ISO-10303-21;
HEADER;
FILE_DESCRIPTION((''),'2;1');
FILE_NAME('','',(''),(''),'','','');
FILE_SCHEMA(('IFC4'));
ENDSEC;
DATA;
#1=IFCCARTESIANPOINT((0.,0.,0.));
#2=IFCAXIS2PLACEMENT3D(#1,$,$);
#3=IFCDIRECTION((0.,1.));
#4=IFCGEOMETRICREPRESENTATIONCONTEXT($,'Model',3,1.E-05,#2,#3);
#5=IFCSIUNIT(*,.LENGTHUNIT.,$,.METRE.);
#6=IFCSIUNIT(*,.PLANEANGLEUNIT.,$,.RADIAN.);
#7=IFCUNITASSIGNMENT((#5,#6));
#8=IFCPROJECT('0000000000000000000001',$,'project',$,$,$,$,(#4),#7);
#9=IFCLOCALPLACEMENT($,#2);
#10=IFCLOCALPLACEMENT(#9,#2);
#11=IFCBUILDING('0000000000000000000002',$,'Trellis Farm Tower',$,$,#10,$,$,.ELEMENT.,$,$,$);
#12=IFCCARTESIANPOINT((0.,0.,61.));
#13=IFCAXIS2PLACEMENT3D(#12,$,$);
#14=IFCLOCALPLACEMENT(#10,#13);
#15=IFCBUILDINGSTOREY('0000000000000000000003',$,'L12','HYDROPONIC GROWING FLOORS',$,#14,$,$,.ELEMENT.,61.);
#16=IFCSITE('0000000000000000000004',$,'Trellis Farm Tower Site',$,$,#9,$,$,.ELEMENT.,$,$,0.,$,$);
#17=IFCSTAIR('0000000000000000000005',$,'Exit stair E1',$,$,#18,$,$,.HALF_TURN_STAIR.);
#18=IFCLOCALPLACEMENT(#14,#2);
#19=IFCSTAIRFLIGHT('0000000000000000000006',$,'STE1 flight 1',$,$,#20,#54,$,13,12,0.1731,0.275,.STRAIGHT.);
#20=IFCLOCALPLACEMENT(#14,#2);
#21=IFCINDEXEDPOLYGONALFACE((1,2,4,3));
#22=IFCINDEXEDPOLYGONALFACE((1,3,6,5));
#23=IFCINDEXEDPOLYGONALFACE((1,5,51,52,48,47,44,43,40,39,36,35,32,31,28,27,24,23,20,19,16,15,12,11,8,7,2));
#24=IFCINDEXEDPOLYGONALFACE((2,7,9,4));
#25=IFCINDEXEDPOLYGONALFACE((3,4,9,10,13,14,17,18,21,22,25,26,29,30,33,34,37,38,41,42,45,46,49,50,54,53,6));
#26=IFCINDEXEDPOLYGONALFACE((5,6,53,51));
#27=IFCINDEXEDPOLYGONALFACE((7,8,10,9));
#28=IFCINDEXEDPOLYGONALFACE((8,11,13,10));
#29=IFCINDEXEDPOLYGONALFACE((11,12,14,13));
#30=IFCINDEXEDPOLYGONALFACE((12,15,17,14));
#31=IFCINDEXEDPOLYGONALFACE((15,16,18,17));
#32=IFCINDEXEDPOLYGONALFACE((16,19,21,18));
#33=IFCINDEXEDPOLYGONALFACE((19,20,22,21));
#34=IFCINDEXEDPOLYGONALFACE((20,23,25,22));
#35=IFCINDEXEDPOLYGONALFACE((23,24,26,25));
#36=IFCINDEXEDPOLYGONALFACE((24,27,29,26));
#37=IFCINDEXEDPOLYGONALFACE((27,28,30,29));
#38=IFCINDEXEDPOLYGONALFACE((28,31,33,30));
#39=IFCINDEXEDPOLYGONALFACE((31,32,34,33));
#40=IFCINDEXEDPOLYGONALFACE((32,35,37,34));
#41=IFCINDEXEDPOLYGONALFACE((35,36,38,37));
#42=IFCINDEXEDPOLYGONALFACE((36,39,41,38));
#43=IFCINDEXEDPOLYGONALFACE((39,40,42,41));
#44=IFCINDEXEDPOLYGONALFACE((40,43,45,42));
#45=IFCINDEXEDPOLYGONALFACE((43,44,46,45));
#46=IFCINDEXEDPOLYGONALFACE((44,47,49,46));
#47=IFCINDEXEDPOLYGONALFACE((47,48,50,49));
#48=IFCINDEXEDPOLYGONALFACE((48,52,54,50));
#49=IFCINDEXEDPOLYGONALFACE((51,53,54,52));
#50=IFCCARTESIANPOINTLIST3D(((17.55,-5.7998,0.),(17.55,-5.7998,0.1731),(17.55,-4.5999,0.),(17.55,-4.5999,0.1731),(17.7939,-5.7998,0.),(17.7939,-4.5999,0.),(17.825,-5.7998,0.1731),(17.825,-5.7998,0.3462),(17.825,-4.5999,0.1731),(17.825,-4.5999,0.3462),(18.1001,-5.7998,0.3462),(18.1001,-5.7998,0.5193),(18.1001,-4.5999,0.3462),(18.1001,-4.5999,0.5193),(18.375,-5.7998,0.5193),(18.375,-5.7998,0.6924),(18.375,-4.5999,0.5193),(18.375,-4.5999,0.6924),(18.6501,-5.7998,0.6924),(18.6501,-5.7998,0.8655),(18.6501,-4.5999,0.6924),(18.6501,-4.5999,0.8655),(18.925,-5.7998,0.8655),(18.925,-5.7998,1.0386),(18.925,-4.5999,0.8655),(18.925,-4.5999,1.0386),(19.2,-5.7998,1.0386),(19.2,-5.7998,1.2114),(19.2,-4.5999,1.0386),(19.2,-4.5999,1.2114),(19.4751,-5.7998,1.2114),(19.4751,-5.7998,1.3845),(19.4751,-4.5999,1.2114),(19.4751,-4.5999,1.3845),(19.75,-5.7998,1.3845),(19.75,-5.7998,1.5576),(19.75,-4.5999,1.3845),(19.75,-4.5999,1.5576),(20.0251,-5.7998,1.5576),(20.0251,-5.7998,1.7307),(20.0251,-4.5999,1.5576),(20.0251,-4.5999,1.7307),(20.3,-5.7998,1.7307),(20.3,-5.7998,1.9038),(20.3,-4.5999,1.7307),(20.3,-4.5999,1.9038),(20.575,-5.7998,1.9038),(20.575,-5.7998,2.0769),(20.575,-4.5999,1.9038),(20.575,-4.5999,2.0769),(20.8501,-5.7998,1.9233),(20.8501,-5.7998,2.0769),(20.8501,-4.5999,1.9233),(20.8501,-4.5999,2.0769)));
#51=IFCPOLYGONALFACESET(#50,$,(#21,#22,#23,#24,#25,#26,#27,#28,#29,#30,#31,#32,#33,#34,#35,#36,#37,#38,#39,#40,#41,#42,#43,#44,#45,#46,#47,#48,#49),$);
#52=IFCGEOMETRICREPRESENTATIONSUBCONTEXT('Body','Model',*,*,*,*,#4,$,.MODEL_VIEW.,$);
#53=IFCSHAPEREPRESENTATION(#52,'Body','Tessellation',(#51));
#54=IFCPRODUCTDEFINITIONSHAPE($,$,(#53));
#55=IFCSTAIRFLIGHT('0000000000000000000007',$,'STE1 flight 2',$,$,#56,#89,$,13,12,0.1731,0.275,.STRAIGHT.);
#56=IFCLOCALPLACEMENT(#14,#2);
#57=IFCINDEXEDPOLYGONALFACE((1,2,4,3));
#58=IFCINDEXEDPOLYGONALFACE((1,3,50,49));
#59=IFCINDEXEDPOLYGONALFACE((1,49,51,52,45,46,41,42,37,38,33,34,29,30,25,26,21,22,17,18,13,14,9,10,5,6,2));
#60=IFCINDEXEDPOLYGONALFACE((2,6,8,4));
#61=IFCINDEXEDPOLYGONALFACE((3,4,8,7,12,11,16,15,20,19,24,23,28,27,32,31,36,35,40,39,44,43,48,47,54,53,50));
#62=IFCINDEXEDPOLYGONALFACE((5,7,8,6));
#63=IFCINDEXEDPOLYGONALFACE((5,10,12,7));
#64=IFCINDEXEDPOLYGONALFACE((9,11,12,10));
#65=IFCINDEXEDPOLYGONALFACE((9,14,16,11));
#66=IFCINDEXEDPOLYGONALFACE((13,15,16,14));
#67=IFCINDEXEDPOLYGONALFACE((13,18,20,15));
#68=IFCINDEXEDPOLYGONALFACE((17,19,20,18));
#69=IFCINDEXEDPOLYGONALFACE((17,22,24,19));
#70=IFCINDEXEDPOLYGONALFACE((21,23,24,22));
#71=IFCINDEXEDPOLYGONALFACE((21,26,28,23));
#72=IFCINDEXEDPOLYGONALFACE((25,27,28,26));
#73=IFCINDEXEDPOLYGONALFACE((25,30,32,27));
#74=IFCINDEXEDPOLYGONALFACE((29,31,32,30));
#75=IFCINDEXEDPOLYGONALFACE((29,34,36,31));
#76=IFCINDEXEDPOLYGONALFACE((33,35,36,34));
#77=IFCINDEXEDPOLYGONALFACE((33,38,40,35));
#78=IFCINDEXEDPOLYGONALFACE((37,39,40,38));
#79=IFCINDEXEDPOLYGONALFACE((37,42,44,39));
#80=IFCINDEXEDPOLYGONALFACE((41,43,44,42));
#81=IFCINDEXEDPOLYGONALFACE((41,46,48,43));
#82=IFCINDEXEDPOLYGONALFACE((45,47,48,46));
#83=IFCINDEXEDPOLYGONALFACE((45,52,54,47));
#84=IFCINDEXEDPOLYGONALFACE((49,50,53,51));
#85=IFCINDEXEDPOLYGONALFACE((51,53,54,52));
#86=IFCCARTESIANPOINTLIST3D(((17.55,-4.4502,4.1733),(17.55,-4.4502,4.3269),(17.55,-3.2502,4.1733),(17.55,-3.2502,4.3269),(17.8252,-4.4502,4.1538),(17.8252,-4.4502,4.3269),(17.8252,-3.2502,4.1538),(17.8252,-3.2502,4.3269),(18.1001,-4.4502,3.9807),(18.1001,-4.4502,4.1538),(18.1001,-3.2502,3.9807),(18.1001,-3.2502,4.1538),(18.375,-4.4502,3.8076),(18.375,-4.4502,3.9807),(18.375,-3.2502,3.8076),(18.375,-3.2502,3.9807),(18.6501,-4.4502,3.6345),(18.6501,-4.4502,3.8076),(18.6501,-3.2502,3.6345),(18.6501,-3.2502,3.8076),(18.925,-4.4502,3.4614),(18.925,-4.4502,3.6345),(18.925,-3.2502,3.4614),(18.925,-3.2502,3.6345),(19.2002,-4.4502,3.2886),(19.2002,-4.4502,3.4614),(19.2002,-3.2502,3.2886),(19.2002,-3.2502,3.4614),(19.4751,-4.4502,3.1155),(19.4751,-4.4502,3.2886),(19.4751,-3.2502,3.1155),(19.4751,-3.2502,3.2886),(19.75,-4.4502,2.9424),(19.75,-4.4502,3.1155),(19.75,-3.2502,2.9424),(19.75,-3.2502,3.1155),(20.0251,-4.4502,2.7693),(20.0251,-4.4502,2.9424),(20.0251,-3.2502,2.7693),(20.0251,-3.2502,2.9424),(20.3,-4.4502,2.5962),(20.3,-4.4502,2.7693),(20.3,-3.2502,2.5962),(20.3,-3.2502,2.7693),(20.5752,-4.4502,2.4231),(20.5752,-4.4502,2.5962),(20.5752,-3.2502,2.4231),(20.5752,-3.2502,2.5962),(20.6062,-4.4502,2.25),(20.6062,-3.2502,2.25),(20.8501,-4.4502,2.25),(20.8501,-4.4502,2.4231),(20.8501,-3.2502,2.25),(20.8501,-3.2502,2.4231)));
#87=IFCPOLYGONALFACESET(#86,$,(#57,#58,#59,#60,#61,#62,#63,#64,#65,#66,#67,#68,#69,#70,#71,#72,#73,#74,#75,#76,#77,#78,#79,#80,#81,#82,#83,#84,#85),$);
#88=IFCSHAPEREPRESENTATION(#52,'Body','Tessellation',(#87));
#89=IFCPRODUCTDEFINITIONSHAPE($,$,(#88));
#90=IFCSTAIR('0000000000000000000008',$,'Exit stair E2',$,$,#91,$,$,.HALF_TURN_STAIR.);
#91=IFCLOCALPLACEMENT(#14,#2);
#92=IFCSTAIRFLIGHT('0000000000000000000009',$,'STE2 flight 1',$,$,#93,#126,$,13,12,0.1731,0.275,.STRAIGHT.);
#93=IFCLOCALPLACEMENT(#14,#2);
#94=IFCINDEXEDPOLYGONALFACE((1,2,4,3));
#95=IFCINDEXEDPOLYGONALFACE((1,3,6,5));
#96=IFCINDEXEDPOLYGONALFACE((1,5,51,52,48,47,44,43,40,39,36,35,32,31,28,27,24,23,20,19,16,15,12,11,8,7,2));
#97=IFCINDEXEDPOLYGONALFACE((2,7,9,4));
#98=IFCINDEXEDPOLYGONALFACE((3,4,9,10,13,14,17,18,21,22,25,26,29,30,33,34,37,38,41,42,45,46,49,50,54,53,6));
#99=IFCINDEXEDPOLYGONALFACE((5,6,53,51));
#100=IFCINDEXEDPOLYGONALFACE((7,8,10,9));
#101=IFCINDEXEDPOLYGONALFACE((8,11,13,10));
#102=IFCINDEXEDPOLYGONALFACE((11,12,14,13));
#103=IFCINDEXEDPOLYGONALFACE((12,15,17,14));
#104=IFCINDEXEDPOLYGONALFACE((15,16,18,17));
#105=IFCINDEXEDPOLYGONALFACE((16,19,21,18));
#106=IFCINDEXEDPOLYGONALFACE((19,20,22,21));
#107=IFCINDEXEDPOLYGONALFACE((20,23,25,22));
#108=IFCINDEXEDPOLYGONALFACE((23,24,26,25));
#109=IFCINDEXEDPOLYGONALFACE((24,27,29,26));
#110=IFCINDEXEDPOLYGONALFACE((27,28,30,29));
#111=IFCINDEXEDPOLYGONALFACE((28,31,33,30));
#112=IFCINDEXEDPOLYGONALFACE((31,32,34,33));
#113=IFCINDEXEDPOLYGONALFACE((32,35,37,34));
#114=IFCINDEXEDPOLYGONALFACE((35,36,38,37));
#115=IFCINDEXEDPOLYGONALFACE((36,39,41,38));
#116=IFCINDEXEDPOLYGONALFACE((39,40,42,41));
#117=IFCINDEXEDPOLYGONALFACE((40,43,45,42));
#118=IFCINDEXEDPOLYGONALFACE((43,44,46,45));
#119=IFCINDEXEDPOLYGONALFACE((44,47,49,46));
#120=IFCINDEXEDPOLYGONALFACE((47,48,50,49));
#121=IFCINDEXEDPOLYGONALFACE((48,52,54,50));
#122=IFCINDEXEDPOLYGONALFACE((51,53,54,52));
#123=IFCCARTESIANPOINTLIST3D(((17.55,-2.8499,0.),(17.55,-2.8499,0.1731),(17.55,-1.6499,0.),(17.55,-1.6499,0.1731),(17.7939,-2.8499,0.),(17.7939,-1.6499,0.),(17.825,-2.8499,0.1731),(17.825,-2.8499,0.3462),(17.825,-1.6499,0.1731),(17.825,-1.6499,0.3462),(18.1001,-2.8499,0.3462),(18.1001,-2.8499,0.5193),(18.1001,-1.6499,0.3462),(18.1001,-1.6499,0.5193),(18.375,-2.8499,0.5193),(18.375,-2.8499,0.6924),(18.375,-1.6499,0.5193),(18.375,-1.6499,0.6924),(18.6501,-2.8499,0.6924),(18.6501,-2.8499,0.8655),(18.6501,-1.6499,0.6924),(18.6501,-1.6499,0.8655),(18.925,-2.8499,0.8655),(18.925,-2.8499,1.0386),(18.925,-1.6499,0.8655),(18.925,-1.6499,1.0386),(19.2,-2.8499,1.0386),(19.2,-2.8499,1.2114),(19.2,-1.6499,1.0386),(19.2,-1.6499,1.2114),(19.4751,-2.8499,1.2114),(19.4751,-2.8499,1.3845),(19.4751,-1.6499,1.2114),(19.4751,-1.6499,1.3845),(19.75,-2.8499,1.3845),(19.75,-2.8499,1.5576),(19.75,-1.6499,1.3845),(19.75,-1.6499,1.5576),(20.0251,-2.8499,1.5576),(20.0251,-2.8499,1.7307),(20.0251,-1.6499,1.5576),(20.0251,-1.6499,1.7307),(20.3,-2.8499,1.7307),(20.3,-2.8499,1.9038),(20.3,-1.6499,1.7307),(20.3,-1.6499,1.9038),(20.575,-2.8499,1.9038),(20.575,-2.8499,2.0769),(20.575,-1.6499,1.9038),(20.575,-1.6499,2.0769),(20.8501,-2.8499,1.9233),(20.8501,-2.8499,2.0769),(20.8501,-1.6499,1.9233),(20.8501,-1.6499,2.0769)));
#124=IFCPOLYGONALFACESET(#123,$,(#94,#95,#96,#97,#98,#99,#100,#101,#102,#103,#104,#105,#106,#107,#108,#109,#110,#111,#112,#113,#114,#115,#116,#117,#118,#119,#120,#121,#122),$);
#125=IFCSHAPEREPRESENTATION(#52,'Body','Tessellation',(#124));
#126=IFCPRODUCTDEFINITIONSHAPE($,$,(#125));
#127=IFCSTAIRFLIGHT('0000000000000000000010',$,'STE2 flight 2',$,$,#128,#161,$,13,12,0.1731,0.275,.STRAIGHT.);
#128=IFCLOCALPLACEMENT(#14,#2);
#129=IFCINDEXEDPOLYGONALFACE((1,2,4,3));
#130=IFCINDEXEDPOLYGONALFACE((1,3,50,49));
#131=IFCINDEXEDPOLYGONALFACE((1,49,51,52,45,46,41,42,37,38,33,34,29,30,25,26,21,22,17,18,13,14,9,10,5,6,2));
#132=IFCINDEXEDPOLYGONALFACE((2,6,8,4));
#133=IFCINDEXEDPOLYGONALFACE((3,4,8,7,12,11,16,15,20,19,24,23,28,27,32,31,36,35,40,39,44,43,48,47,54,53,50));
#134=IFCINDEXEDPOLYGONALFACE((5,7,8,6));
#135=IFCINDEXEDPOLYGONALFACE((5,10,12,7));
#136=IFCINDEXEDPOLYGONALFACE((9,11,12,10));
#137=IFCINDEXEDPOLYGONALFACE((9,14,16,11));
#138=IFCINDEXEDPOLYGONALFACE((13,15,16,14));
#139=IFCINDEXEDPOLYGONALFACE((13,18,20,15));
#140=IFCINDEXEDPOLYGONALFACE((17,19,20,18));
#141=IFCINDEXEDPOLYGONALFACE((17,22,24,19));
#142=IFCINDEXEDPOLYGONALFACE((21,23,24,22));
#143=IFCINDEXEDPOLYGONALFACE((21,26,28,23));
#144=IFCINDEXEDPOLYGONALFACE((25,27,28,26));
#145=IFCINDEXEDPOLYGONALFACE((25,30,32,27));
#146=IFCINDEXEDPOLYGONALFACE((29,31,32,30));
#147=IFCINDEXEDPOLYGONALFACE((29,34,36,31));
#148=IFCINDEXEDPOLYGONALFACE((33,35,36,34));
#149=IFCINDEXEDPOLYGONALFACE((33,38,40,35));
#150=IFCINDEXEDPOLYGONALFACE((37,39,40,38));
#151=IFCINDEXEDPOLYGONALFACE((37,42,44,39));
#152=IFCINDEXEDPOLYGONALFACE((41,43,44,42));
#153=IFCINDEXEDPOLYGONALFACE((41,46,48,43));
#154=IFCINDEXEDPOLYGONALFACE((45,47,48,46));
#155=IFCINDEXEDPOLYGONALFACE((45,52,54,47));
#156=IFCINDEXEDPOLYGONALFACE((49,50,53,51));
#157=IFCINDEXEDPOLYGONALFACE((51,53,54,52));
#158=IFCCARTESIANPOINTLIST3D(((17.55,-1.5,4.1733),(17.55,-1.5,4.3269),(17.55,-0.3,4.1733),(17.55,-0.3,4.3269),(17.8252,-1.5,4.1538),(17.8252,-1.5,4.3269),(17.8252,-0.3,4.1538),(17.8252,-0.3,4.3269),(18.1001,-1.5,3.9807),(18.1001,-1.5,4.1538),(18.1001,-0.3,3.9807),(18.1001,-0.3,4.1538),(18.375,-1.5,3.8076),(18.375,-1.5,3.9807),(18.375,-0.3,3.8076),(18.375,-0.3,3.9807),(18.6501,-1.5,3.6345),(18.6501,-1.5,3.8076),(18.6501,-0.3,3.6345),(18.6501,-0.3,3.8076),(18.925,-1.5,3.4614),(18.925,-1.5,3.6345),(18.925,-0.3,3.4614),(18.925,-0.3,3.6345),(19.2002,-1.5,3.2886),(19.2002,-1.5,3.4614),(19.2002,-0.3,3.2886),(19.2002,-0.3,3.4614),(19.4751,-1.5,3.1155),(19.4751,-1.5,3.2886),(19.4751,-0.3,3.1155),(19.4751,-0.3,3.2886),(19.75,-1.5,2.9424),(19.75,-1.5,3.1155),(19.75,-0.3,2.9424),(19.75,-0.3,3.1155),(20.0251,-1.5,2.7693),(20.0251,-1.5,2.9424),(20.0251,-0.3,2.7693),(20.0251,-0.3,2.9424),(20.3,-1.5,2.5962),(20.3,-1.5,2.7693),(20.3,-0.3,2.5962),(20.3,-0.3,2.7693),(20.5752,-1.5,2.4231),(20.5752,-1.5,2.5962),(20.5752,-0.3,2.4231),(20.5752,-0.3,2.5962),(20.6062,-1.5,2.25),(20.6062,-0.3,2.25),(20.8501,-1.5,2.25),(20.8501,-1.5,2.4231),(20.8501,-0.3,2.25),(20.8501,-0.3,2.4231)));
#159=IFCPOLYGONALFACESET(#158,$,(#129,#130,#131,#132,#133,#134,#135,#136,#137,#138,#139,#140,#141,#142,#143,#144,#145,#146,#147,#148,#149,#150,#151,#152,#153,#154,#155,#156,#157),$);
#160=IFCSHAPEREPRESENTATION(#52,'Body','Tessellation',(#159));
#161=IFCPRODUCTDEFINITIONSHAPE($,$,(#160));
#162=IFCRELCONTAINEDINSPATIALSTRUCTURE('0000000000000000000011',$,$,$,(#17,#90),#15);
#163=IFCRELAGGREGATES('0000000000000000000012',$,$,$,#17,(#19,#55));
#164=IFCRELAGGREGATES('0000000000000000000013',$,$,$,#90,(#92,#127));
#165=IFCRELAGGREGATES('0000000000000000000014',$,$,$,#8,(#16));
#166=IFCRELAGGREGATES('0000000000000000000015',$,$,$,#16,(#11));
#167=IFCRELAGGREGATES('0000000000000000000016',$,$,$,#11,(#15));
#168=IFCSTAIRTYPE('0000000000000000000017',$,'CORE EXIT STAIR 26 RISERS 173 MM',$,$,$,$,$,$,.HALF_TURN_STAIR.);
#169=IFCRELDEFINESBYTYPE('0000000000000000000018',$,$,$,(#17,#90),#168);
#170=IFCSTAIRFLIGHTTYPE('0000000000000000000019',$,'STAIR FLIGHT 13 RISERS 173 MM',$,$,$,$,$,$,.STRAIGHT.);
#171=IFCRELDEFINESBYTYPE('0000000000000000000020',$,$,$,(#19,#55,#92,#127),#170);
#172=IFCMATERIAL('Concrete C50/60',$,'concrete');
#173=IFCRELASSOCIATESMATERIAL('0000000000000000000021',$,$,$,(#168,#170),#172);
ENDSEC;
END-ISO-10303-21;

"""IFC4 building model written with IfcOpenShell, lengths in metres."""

from ifc_helpers import new_model, si_unit, direction, frame, origin, place, context, subcontext, project, spatial, polyline, outline, extrude, source, transform, mapped, material, type_object, element, aggregate, save


model = new_model("IFC4")

# Units and contexts
model_context = context("Model", 3, precision=1e-05, world=origin(), true_north=direction((0.0, 1.0)))
body_context = subcontext(model_context, "Body", "Model", "MODEL_VIEW")
ifc_project = project(units=[si_unit("LENGTHUNIT", "METRE"), si_unit("PLANEANGLEUNIT", "RADIAN")], contexts=[model_context])

# Site, building, storey
site_placement = place(None, origin())
site = spatial("IfcSite", under=ifc_project, at=site_placement, Name="Trellis Farm Tower Site", CompositionType="ELEMENT", RefElevation=0.0)
building_placement = place(site_placement, origin())
building = spatial("IfcBuilding", under=site, at=building_placement, Name="Trellis Farm Tower", CompositionType="ELEMENT")
storey_placement = place(building_placement, frame((0.0, 0.0, 61.0)))
storey = spatial("IfcBuildingStorey", under=building, at=storey_placement, Name="L12", Description="HYDROPONIC GROWING FLOORS", CompositionType="ELEMENT", Elevation=61.0)

# Shared definitions
placement = place(storey_placement, origin())

# Stairs, stair flights
ifc_material_1 = material(Name="Concrete C50/60", Category="concrete")
stair_type = type_object("IfcStairType", Name="CORE EXIT STAIR 26 RISERS 173 MM", PredefinedType="HALF_TURN_STAIR", material=ifc_material_1)
stair_1 = element("IfcStair", 1, at=placement, inside=storey, type_object=stair_type, Name="Exit stair E1", PredefinedType="HALF_TURN_STAIR")
stair_flight_type = type_object("IfcStairFlightType", Name="STAIR FLIGHT 13 RISERS 173 MM", PredefinedType="STRAIGHT", material=ifc_material_1)
shared_shape_1 = source(origin(), body_context, "Body", "SweptSolid", [
    extrude(outline(polyline([(0.0, 0.0), (0.0, 0.1731), (0.2749, 0.1731), (0.2749, 0.3462), (0.55, 0.3462), (0.55, 0.5193), (0.825, 0.5193), (0.825, 0.6924), (1.1001, 0.6924), (1.1001, 0.8655), (1.375, 0.8655), (1.375, 1.0386), (1.6499, 1.0386), (1.6499, 1.2114), (1.925, 1.2114), (1.925, 1.3845), (2.2, 1.3845), (2.2, 1.5576), (2.4751, 1.5576), (2.4751, 1.7307), (2.75, 1.7307), (2.75, 1.9038), (3.0249, 1.9038), (3.0249, 2.0769), (3.3, 2.0769), (3.3, 2.25), (3.3, 1.9233), (0.2439, 0.0), (0.0, 0.0)])), frame((0.0, 0.6001, 0.0), z_axis=(0.0, -1.0, 0.0), x_axis=(1.0, 0.0, 0.0)), (0.0, 0.0, 1.0), 1.2),
])
stair_flight_1_placement = place(storey_placement, frame((17.55, -5.2, 0.0), z_axis=(0.0, 0.0, 1.0), x_axis=(1.0, 0.0, 0.0)))
stair_flight_1 = element("IfcStairFlight", 2, at=stair_flight_1_placement, type_object=stair_flight_type, Name="STE1 flight 1", NumberOfRisers=13, NumberOfTreads=12, PredefinedType="STRAIGHT", RiserHeight=0.1731, TreadLength=0.275, context=body_context, shape_type="MappedRepresentation", body=[
    mapped(shared_shape_1, transform((0.0, 0.0, 0.0))),
])
stair_flight_2_placement = place(storey_placement, frame((20.8501, -3.8501, 2.25), z_axis=(0.0, 0.0, 1.0), x_axis=(-1.0, 0.0, 0.0)))
stair_flight_2 = element("IfcStairFlight", 3, at=stair_flight_2_placement, type_object=stair_flight_type, Name="STE1 flight 2", NumberOfRisers=13, NumberOfTreads=12, PredefinedType="STRAIGHT", RiserHeight=0.1731, TreadLength=0.275, context=body_context, shape_type="MappedRepresentation", body=[
    mapped(shared_shape_1, transform((0.0, 0.0, 0.0))),
])
aggregate(stair_1, [stair_flight_1, stair_flight_2])
stair_2 = element("IfcStair", 4, at=placement, inside=storey, type_object=stair_type, Name="Exit stair E2", PredefinedType="HALF_TURN_STAIR")
stair_flight_3_placement = place(storey_placement, frame((17.55, -2.25, 0.0), z_axis=(0.0, 0.0, 1.0), x_axis=(1.0, 0.0, 0.0)))
stair_flight_3 = element("IfcStairFlight", 5, at=stair_flight_3_placement, type_object=stair_flight_type, Name="STE2 flight 1", NumberOfRisers=13, NumberOfTreads=12, PredefinedType="STRAIGHT", RiserHeight=0.1731, TreadLength=0.275, context=body_context, shape_type="MappedRepresentation", body=[
    mapped(shared_shape_1, transform((0.0, 0.0, 0.0))),
])
stair_flight_4_placement = place(storey_placement, frame((20.8501, -0.8999, 2.25), z_axis=(0.0, 0.0, 1.0), x_axis=(-1.0, 0.0, 0.0)))
stair_flight_4 = element("IfcStairFlight", 6, at=stair_flight_4_placement, type_object=stair_flight_type, Name="STE2 flight 2", NumberOfRisers=13, NumberOfTreads=12, PredefinedType="STRAIGHT", RiserHeight=0.1731, TreadLength=0.275, context=body_context, shape_type="MappedRepresentation", body=[
    mapped(shared_shape_1, transform((0.0, 0.0, 0.0))),
])
aggregate(stair_2, [stair_flight_3, stair_flight_4])

save(model, "model.ifc")
